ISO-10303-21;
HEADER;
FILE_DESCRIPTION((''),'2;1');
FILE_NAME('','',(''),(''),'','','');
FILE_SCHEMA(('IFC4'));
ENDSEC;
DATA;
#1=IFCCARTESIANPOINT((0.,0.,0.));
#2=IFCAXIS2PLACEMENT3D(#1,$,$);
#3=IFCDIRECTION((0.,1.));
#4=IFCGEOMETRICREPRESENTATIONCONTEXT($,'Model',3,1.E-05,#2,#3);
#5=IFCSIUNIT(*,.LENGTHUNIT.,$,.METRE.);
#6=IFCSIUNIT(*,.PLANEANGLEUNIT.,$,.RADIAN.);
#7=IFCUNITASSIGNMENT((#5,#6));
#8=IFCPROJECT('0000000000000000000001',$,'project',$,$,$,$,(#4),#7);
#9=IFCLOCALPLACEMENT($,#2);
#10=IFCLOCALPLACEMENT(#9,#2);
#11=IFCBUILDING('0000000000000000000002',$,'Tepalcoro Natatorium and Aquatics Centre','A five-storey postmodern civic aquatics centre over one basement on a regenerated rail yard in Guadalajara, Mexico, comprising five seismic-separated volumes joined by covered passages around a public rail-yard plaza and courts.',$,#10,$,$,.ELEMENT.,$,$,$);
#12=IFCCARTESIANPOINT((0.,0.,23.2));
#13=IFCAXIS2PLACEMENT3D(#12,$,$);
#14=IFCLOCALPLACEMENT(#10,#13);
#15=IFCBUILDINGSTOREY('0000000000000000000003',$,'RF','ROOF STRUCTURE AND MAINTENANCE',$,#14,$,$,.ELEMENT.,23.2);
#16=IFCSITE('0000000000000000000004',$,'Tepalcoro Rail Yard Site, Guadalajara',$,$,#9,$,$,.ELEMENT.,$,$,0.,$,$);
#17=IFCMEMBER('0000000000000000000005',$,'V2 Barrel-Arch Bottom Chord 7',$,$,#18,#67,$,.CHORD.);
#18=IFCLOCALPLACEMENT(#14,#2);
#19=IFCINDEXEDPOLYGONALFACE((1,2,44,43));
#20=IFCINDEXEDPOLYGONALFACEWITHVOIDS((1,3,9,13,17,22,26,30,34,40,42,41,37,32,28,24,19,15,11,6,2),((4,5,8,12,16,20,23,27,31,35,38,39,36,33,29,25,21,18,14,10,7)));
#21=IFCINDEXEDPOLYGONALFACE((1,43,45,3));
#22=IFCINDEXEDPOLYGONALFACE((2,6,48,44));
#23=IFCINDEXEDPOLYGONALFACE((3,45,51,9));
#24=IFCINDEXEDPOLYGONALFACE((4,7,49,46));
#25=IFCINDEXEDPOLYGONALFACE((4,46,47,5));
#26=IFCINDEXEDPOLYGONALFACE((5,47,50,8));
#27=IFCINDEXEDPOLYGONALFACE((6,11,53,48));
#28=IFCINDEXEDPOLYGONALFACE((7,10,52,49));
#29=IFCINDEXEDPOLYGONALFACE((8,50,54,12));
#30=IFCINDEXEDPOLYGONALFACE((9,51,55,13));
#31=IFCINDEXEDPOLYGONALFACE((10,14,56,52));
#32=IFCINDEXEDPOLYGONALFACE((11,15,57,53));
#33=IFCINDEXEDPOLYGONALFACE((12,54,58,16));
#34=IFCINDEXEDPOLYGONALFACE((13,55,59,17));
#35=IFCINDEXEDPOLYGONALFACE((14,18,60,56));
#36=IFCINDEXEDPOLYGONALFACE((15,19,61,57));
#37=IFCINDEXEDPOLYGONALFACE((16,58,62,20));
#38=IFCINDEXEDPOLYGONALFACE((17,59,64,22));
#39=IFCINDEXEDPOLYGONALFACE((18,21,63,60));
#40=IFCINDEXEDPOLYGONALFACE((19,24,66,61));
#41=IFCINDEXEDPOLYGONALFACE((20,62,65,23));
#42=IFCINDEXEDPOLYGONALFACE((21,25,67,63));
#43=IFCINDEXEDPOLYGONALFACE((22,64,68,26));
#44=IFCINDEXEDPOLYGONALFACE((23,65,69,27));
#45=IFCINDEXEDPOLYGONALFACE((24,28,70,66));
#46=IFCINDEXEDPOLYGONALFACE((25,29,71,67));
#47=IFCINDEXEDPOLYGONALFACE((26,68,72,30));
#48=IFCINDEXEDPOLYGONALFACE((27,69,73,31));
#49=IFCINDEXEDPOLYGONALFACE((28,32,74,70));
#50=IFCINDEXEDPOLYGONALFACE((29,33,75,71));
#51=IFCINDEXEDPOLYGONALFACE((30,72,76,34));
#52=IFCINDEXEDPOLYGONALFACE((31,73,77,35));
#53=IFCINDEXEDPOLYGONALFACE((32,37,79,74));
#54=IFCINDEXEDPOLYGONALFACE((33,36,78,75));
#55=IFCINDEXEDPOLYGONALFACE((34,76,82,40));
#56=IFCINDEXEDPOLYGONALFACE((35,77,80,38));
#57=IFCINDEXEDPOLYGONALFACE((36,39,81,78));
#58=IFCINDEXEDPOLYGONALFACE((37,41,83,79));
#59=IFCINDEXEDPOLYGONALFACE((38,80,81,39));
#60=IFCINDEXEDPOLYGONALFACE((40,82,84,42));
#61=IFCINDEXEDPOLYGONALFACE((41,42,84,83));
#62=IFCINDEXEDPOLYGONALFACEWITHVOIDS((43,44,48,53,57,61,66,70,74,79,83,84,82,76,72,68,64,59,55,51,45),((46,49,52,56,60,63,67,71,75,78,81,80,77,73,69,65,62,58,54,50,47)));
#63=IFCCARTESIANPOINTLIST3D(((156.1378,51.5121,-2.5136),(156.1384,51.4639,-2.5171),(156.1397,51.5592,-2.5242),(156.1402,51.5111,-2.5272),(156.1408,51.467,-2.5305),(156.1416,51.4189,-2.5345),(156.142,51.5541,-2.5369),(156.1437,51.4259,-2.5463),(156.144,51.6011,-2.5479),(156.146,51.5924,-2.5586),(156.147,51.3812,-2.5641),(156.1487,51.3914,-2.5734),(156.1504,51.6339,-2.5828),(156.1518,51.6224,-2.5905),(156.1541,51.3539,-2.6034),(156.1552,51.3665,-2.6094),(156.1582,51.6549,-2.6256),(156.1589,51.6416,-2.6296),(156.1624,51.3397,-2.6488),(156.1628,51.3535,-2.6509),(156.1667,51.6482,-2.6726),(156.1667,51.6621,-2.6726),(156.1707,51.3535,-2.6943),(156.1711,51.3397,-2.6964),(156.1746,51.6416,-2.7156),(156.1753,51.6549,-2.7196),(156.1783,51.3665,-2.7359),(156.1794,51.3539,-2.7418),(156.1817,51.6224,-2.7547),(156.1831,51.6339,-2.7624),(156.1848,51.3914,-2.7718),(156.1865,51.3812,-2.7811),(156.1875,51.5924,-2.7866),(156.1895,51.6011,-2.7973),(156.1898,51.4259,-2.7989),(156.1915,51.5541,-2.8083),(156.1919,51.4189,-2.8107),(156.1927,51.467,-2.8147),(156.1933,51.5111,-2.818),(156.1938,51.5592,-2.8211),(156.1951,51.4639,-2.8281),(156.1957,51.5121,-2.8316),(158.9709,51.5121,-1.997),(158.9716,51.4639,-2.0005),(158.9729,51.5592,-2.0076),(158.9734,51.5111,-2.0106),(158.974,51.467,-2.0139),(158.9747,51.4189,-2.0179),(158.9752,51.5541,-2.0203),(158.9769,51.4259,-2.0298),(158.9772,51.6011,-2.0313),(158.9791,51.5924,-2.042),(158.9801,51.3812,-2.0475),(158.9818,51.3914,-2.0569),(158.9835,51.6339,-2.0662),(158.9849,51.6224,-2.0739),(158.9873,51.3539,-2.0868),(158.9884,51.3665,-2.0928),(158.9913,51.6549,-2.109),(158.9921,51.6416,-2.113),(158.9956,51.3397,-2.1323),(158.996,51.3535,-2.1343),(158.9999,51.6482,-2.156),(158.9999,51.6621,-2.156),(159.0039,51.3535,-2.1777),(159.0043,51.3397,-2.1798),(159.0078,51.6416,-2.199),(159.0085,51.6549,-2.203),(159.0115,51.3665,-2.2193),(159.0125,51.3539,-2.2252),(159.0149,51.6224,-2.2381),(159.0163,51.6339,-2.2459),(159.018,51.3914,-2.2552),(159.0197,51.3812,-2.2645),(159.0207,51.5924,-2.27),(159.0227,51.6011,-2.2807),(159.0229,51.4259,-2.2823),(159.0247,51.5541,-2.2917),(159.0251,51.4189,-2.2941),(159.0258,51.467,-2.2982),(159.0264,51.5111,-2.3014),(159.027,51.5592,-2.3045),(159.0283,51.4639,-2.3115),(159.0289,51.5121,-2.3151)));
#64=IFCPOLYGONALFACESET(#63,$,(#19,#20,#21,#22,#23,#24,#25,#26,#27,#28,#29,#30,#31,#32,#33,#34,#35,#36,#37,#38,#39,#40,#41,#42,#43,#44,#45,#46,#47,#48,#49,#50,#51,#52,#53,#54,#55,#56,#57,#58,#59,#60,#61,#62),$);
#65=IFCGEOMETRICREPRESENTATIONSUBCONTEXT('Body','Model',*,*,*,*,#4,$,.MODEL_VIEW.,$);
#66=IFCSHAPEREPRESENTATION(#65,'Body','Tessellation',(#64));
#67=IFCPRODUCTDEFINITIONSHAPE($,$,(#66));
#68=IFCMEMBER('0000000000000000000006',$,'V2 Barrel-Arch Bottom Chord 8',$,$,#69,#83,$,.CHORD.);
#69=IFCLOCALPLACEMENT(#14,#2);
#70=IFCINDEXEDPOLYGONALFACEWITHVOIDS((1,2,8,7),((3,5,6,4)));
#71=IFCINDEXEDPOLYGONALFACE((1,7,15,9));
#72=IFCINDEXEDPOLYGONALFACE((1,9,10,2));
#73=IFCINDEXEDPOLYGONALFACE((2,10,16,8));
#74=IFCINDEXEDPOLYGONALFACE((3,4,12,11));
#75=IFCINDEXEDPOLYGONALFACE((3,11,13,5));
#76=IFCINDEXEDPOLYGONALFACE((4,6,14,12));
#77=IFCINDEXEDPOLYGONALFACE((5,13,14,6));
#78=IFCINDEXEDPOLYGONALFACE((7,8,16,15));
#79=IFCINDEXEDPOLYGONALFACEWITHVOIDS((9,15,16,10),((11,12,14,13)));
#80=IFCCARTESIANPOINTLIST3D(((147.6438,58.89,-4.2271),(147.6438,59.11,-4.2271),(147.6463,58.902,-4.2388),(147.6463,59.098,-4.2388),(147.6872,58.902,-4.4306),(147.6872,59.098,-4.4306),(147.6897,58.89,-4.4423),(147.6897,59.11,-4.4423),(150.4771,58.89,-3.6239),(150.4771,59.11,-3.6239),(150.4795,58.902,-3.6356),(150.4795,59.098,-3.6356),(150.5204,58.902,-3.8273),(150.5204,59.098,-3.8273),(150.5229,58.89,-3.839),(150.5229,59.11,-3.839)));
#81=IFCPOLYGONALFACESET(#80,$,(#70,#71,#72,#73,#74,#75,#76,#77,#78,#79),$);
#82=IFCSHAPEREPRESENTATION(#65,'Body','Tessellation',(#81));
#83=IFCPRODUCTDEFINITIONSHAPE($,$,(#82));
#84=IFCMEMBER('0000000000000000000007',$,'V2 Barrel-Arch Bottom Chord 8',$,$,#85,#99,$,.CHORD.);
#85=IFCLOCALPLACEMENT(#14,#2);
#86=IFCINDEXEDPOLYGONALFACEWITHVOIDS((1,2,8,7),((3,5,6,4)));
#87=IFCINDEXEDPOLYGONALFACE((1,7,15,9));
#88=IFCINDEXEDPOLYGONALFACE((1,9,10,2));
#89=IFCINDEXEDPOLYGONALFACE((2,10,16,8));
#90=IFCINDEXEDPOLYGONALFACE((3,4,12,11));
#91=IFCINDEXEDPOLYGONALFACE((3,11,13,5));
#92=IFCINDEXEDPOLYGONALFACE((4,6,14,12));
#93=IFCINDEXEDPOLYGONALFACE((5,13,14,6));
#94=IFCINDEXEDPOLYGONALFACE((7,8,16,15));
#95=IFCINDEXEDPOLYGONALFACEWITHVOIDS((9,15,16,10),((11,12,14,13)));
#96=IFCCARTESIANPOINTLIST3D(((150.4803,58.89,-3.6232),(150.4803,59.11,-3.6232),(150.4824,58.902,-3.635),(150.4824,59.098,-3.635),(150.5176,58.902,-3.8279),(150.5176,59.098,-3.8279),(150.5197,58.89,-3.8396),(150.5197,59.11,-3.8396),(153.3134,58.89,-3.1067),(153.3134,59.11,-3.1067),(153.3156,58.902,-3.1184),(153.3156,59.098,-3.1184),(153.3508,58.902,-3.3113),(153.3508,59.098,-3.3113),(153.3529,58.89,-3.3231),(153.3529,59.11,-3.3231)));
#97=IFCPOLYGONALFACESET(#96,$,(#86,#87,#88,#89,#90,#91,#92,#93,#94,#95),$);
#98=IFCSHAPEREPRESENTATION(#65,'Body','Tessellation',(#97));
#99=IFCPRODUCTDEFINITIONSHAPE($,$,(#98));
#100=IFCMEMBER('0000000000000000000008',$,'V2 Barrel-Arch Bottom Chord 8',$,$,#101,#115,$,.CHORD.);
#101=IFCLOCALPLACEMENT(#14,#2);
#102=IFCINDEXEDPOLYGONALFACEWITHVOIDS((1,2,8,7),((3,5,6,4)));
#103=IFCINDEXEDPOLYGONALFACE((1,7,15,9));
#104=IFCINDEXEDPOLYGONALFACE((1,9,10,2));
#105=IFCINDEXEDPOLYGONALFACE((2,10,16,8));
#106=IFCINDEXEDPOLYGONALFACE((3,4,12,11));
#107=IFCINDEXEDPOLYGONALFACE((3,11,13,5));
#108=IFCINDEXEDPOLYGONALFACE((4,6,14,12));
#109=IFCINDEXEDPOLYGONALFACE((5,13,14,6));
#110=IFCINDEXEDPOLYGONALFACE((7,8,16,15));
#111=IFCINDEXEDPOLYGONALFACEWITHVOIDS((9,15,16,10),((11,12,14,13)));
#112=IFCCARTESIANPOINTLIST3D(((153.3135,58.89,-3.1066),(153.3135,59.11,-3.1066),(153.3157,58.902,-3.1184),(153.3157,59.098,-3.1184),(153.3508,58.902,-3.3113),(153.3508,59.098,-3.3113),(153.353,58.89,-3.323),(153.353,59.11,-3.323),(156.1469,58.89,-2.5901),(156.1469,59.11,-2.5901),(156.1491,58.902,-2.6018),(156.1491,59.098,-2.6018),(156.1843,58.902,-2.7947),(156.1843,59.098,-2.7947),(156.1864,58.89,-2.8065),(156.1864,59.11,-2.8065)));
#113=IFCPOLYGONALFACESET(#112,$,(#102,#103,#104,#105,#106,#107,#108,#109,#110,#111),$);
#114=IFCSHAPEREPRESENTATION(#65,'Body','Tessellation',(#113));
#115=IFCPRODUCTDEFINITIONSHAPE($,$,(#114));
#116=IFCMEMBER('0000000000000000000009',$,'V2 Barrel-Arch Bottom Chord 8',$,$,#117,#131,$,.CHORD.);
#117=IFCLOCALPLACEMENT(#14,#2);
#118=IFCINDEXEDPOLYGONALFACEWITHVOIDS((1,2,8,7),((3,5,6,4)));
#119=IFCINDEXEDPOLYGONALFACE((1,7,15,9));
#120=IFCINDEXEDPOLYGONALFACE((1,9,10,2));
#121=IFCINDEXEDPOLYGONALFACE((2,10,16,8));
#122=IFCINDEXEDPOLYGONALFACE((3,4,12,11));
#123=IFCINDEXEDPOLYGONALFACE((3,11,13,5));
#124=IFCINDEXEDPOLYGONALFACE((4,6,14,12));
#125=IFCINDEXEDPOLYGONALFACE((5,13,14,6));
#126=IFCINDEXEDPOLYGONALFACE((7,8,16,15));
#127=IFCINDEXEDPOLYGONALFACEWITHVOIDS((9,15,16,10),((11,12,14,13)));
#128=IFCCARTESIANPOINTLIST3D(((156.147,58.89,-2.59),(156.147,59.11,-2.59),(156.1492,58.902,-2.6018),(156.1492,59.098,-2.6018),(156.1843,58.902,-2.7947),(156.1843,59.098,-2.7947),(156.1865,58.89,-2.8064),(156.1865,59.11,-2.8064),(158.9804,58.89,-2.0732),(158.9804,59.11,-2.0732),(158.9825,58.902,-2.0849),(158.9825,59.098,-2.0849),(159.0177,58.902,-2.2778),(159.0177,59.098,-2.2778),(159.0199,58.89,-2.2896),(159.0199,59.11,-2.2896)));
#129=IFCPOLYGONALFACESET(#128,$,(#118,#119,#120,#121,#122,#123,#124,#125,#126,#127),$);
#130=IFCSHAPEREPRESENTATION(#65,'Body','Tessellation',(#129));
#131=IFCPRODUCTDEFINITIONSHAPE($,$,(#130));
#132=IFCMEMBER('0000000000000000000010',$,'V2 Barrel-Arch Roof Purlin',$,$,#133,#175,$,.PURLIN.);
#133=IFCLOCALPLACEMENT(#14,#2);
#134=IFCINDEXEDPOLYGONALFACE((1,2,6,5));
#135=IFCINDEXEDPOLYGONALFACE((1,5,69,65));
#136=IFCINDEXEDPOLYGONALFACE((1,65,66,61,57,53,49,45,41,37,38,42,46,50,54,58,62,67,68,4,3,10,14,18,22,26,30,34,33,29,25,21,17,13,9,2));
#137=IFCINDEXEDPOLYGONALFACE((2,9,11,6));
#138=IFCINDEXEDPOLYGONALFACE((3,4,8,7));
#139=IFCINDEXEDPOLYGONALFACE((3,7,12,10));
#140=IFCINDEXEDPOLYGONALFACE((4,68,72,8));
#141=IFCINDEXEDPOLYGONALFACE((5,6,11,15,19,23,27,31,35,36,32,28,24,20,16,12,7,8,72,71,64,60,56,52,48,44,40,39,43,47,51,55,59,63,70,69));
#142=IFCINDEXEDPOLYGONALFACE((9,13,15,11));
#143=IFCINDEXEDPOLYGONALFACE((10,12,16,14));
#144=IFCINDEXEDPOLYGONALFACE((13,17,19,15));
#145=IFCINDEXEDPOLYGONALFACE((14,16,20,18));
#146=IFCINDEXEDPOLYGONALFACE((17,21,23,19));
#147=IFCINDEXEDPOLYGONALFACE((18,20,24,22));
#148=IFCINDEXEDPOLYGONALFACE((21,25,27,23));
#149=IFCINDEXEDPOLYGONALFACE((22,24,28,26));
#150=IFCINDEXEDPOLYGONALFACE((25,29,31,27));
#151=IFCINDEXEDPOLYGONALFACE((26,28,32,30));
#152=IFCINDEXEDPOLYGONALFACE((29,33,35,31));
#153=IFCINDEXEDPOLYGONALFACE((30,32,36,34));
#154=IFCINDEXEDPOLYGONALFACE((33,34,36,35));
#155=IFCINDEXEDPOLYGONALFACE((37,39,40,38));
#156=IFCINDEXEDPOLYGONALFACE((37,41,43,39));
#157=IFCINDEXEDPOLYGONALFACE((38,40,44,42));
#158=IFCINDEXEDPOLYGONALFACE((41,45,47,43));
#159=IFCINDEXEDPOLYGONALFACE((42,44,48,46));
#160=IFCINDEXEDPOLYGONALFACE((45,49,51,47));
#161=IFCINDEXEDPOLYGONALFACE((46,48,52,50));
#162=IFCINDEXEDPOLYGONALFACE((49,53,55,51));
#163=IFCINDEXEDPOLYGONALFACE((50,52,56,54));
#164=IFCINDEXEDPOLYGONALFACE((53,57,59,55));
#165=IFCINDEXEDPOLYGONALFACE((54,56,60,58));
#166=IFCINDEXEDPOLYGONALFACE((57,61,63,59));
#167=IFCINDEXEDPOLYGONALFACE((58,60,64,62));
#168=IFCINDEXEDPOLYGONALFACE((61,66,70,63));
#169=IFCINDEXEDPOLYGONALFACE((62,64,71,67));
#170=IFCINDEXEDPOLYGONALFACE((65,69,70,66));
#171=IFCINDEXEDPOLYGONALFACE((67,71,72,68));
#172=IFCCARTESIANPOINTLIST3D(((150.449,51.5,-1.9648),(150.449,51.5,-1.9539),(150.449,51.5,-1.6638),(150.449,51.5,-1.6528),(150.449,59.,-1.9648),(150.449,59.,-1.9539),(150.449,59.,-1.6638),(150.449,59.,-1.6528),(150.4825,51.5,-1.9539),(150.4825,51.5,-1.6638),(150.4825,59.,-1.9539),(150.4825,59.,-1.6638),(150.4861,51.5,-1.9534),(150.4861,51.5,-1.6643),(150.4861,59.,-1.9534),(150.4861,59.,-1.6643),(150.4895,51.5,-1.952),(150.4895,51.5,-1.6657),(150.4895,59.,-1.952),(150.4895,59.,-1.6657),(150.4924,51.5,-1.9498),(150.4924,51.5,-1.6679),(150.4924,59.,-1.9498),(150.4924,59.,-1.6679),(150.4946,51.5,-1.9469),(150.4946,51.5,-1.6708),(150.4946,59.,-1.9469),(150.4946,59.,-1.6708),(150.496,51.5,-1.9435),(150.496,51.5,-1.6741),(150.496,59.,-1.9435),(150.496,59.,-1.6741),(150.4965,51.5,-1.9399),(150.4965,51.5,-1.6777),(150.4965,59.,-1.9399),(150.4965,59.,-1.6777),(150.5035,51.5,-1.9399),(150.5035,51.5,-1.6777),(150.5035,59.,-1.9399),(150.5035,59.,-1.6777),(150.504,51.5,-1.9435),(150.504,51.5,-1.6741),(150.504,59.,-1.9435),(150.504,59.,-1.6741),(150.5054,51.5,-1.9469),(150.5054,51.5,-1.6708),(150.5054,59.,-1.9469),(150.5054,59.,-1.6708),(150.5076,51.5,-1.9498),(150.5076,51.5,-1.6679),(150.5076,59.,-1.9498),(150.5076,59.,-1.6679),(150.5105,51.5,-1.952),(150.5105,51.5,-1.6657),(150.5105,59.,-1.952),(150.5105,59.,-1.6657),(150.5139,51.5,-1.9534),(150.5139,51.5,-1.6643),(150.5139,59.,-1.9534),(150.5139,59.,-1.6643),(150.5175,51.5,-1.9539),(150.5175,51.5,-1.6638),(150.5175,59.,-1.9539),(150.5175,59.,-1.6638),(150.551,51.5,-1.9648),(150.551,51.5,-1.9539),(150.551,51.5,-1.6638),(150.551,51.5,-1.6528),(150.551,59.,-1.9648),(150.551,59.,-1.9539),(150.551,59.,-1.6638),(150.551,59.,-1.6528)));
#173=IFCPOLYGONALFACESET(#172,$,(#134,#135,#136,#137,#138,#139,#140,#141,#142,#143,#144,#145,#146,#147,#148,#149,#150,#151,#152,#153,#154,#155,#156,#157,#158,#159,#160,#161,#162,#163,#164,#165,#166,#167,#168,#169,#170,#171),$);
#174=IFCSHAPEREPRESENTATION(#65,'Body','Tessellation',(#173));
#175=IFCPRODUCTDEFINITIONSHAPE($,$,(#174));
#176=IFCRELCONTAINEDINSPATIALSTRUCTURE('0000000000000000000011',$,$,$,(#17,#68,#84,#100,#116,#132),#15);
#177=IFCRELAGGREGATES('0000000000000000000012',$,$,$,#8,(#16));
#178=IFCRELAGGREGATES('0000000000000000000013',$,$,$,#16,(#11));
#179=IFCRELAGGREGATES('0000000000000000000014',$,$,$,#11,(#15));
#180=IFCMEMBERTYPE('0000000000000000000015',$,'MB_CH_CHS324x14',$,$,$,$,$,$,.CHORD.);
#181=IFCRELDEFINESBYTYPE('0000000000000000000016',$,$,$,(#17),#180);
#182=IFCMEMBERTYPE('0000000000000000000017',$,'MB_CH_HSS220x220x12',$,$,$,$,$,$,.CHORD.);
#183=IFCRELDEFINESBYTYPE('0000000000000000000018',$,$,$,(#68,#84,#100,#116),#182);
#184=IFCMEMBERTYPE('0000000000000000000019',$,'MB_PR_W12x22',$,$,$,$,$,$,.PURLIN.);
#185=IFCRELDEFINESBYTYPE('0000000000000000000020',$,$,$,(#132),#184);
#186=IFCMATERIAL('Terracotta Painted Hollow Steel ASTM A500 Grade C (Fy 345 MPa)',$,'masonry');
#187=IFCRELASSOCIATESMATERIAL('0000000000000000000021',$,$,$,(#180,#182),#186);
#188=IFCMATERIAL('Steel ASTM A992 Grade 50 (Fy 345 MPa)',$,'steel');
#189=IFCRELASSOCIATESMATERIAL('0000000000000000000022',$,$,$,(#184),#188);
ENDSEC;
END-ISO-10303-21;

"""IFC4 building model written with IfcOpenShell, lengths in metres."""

from ifc_helpers import new_model, si_unit, direction, frame, origin, origin_2d, place, context, subcontext, project, spatial, hollow_rectangle, hollow_circle, i_section, extrude, material, material_profile, profile_set, type_object, element, save


model = new_model("IFC4")

# Units and contexts
model_context = context("Model", 3, precision=1e-05, world=origin(), true_north=direction((0.0, 1.0)))
body_context = subcontext(model_context, "Body", "Model", "MODEL_VIEW")
ifc_project = project(units=[si_unit("LENGTHUNIT", "METRE"), si_unit("PLANEANGLEUNIT", "RADIAN")], contexts=[model_context])

# Site, building, storey
site_placement = place(None, origin())
site = spatial("IfcSite", under=ifc_project, at=site_placement, Name="Tepalcoro Rail Yard Site, Guadalajara", CompositionType="ELEMENT", RefElevation=0.0)
building_placement = place(site_placement, origin())
building = spatial("IfcBuilding", under=site, at=building_placement, Name="Tepalcoro Natatorium and Aquatics Centre", Description="A five-storey postmodern civic aquatics centre over one basement on a regenerated rail yard in Guadalajara, Mexico, comprising five seismic-separated volumes joined by covered passages around a public rail-yard plaza and courts.", CompositionType="ELEMENT")
storey_placement = place(building_placement, frame((0.0, 0.0, 23.2)))
storey = spatial("IfcBuildingStorey", under=building, at=storey_placement, Name="RF", Description="ROOF STRUCTURE AND MAINTENANCE", CompositionType="ELEMENT", Elevation=23.2)

# Shared definitions
ifc_material_1 = material(Name="Terracotta Painted Hollow Steel ASTM A500 Grade C (Fy 345 MPa)", Category="masonry")

# Members
ifc_material_profile_1 = material_profile(ifc_material_1, hollow_circle(Radius=0.1621, WallThickness=0.0139, at=origin_2d()), Name="CHS324X14")
ifc_profile_set_1 = profile_set([ifc_material_profile_1], Name="Terracotta Painted Hollow Steel ASTM A500 Grade C (Fy 345 MPa)")
member_type_1 = type_object("IfcMemberType", Name="MB_CH_CHS324x14", PredefinedType="CHORD", material=ifc_profile_set_1)
member_1_placement = place(storey_placement, frame((156.1667, 51.5, -2.6726), z_axis=(0.98378, 0.0, 0.179378), x_axis=(0.0, 1.0, 0.0)))
element("IfcMember", 1, at=member_1_placement, inside=storey, type_object=member_type_1, Name="V2 Barrel-Arch Bottom Chord 7", PredefinedType="CHORD", context=body_context, shape_type="SweptSolid", body=[
    extrude(hollow_circle(Radius=0.1621, WallThickness=0.0139, at=origin_2d()), origin(), (0.0, 0.0, 1.0), 2.8799),
])
ifc_material_profile_2 = material_profile(ifc_material_1, hollow_rectangle(XDim=0.22, YDim=0.22, WallThickness=0.012, at=origin_2d()), Name="HSS220X220X12")
ifc_profile_set_2 = profile_set([ifc_material_profile_2], Name="Terracotta Painted Hollow Steel ASTM A500 Grade C (Fy 345 MPa)")
member_type_2 = type_object("IfcMemberType", Name="MB_CH_HSS220x220x12", PredefinedType="CHORD", material=ifc_profile_set_2)
member_2_placement = place(storey_placement, frame((147.6667, 59.0, -4.3347), z_axis=(0.978074, 0.0, 0.208257), x_axis=(0.0, 1.0, 0.0)))
element("IfcMember", 2, at=member_2_placement, inside=storey, type_object=member_type_2, Name="V2 Barrel-Arch Bottom Chord 8", PredefinedType="CHORD", context=body_context, shape_type="SweptSolid", body=[
    extrude(hollow_rectangle(XDim=0.22, YDim=0.22, WallThickness=0.012, at=origin_2d()), origin(), (0.0, 0.0, 1.0), 2.8967),
])
member_3_placement = place(storey_placement, frame((150.5, 59.0, -3.7314), z_axis=(0.98378, 0.0, 0.179378), x_axis=(0.0, 1.0, 0.0)))
element("IfcMember", 3, at=member_3_placement, inside=storey, type_object=member_type_2, Name="V2 Barrel-Arch Bottom Chord 8", PredefinedType="CHORD", context=body_context, shape_type="SweptSolid", body=[
    extrude(hollow_rectangle(XDim=0.22, YDim=0.22, WallThickness=0.012, at=origin_2d()), origin(), (0.0, 0.0, 1.0), 2.8799),
])
for number, where, z_axis, x_axis, name in (
    (4, (153.3333, 59.0, -3.2148), (0.983783, 0.0, 0.179363), (0.0, 1.0, 0.0), "V2 Barrel-Arch Bottom Chord 8"),
    (5, (156.1667, 59.0, -2.6982), (0.983765, 0.0, 0.17946), (0.0, 1.0, 0.0), "V2 Barrel-Arch Bottom Chord 8"),
):
    element("IfcMember", number, at=place(storey_placement, frame(where, z_axis=z_axis, x_axis=x_axis)), inside=storey, type_object=member_type_2, Name=name, PredefinedType="CHORD", context=body_context, shape_type="SweptSolid", body=[
        extrude(hollow_rectangle(XDim=0.22, YDim=0.22, WallThickness=0.012, at=origin_2d()), origin(), (0.0, 0.0, 1.0), 2.8801),
    ])
ifc_material_2 = material(Name="Steel ASTM A992 Grade 50 (Fy 345 MPa)", Category="steel")
ifc_material_profile_3 = material_profile(ifc_material_2, i_section(OverallWidth=0.1021, OverallDepth=0.312, WebThickness=0.0071, FlangeThickness=0.011, FilletRadius=0.0139, at=origin_2d()), Name="W12X22")
ifc_profile_set_3 = profile_set([ifc_material_profile_3], Name="Steel ASTM A992 Grade 50 (Fy 345 MPa)")
member_type_3 = type_object("IfcMemberType", Name="MB_PR_W12x22", PredefinedType="PURLIN", material=ifc_profile_set_3)
member_4_placement = place(storey_placement, frame((150.5, 51.5, -1.8088), z_axis=(0.0, 1.0, 0.0), x_axis=(-1.0, 0.0, 0.0)))
element("IfcMember", 6, at=member_4_placement, inside=storey, type_object=member_type_3, Name="V2 Barrel-Arch Roof Purlin", PredefinedType="PURLIN", context=body_context, shape_type="SweptSolid", body=[
    extrude(i_section(OverallWidth=0.1021, OverallDepth=0.312, WebThickness=0.0071, FlangeThickness=0.011, FilletRadius=0.0139, at=origin_2d()), origin(), (0.0, 0.0, 1.0), 7.5),
])

save(model, "model.ifc")
